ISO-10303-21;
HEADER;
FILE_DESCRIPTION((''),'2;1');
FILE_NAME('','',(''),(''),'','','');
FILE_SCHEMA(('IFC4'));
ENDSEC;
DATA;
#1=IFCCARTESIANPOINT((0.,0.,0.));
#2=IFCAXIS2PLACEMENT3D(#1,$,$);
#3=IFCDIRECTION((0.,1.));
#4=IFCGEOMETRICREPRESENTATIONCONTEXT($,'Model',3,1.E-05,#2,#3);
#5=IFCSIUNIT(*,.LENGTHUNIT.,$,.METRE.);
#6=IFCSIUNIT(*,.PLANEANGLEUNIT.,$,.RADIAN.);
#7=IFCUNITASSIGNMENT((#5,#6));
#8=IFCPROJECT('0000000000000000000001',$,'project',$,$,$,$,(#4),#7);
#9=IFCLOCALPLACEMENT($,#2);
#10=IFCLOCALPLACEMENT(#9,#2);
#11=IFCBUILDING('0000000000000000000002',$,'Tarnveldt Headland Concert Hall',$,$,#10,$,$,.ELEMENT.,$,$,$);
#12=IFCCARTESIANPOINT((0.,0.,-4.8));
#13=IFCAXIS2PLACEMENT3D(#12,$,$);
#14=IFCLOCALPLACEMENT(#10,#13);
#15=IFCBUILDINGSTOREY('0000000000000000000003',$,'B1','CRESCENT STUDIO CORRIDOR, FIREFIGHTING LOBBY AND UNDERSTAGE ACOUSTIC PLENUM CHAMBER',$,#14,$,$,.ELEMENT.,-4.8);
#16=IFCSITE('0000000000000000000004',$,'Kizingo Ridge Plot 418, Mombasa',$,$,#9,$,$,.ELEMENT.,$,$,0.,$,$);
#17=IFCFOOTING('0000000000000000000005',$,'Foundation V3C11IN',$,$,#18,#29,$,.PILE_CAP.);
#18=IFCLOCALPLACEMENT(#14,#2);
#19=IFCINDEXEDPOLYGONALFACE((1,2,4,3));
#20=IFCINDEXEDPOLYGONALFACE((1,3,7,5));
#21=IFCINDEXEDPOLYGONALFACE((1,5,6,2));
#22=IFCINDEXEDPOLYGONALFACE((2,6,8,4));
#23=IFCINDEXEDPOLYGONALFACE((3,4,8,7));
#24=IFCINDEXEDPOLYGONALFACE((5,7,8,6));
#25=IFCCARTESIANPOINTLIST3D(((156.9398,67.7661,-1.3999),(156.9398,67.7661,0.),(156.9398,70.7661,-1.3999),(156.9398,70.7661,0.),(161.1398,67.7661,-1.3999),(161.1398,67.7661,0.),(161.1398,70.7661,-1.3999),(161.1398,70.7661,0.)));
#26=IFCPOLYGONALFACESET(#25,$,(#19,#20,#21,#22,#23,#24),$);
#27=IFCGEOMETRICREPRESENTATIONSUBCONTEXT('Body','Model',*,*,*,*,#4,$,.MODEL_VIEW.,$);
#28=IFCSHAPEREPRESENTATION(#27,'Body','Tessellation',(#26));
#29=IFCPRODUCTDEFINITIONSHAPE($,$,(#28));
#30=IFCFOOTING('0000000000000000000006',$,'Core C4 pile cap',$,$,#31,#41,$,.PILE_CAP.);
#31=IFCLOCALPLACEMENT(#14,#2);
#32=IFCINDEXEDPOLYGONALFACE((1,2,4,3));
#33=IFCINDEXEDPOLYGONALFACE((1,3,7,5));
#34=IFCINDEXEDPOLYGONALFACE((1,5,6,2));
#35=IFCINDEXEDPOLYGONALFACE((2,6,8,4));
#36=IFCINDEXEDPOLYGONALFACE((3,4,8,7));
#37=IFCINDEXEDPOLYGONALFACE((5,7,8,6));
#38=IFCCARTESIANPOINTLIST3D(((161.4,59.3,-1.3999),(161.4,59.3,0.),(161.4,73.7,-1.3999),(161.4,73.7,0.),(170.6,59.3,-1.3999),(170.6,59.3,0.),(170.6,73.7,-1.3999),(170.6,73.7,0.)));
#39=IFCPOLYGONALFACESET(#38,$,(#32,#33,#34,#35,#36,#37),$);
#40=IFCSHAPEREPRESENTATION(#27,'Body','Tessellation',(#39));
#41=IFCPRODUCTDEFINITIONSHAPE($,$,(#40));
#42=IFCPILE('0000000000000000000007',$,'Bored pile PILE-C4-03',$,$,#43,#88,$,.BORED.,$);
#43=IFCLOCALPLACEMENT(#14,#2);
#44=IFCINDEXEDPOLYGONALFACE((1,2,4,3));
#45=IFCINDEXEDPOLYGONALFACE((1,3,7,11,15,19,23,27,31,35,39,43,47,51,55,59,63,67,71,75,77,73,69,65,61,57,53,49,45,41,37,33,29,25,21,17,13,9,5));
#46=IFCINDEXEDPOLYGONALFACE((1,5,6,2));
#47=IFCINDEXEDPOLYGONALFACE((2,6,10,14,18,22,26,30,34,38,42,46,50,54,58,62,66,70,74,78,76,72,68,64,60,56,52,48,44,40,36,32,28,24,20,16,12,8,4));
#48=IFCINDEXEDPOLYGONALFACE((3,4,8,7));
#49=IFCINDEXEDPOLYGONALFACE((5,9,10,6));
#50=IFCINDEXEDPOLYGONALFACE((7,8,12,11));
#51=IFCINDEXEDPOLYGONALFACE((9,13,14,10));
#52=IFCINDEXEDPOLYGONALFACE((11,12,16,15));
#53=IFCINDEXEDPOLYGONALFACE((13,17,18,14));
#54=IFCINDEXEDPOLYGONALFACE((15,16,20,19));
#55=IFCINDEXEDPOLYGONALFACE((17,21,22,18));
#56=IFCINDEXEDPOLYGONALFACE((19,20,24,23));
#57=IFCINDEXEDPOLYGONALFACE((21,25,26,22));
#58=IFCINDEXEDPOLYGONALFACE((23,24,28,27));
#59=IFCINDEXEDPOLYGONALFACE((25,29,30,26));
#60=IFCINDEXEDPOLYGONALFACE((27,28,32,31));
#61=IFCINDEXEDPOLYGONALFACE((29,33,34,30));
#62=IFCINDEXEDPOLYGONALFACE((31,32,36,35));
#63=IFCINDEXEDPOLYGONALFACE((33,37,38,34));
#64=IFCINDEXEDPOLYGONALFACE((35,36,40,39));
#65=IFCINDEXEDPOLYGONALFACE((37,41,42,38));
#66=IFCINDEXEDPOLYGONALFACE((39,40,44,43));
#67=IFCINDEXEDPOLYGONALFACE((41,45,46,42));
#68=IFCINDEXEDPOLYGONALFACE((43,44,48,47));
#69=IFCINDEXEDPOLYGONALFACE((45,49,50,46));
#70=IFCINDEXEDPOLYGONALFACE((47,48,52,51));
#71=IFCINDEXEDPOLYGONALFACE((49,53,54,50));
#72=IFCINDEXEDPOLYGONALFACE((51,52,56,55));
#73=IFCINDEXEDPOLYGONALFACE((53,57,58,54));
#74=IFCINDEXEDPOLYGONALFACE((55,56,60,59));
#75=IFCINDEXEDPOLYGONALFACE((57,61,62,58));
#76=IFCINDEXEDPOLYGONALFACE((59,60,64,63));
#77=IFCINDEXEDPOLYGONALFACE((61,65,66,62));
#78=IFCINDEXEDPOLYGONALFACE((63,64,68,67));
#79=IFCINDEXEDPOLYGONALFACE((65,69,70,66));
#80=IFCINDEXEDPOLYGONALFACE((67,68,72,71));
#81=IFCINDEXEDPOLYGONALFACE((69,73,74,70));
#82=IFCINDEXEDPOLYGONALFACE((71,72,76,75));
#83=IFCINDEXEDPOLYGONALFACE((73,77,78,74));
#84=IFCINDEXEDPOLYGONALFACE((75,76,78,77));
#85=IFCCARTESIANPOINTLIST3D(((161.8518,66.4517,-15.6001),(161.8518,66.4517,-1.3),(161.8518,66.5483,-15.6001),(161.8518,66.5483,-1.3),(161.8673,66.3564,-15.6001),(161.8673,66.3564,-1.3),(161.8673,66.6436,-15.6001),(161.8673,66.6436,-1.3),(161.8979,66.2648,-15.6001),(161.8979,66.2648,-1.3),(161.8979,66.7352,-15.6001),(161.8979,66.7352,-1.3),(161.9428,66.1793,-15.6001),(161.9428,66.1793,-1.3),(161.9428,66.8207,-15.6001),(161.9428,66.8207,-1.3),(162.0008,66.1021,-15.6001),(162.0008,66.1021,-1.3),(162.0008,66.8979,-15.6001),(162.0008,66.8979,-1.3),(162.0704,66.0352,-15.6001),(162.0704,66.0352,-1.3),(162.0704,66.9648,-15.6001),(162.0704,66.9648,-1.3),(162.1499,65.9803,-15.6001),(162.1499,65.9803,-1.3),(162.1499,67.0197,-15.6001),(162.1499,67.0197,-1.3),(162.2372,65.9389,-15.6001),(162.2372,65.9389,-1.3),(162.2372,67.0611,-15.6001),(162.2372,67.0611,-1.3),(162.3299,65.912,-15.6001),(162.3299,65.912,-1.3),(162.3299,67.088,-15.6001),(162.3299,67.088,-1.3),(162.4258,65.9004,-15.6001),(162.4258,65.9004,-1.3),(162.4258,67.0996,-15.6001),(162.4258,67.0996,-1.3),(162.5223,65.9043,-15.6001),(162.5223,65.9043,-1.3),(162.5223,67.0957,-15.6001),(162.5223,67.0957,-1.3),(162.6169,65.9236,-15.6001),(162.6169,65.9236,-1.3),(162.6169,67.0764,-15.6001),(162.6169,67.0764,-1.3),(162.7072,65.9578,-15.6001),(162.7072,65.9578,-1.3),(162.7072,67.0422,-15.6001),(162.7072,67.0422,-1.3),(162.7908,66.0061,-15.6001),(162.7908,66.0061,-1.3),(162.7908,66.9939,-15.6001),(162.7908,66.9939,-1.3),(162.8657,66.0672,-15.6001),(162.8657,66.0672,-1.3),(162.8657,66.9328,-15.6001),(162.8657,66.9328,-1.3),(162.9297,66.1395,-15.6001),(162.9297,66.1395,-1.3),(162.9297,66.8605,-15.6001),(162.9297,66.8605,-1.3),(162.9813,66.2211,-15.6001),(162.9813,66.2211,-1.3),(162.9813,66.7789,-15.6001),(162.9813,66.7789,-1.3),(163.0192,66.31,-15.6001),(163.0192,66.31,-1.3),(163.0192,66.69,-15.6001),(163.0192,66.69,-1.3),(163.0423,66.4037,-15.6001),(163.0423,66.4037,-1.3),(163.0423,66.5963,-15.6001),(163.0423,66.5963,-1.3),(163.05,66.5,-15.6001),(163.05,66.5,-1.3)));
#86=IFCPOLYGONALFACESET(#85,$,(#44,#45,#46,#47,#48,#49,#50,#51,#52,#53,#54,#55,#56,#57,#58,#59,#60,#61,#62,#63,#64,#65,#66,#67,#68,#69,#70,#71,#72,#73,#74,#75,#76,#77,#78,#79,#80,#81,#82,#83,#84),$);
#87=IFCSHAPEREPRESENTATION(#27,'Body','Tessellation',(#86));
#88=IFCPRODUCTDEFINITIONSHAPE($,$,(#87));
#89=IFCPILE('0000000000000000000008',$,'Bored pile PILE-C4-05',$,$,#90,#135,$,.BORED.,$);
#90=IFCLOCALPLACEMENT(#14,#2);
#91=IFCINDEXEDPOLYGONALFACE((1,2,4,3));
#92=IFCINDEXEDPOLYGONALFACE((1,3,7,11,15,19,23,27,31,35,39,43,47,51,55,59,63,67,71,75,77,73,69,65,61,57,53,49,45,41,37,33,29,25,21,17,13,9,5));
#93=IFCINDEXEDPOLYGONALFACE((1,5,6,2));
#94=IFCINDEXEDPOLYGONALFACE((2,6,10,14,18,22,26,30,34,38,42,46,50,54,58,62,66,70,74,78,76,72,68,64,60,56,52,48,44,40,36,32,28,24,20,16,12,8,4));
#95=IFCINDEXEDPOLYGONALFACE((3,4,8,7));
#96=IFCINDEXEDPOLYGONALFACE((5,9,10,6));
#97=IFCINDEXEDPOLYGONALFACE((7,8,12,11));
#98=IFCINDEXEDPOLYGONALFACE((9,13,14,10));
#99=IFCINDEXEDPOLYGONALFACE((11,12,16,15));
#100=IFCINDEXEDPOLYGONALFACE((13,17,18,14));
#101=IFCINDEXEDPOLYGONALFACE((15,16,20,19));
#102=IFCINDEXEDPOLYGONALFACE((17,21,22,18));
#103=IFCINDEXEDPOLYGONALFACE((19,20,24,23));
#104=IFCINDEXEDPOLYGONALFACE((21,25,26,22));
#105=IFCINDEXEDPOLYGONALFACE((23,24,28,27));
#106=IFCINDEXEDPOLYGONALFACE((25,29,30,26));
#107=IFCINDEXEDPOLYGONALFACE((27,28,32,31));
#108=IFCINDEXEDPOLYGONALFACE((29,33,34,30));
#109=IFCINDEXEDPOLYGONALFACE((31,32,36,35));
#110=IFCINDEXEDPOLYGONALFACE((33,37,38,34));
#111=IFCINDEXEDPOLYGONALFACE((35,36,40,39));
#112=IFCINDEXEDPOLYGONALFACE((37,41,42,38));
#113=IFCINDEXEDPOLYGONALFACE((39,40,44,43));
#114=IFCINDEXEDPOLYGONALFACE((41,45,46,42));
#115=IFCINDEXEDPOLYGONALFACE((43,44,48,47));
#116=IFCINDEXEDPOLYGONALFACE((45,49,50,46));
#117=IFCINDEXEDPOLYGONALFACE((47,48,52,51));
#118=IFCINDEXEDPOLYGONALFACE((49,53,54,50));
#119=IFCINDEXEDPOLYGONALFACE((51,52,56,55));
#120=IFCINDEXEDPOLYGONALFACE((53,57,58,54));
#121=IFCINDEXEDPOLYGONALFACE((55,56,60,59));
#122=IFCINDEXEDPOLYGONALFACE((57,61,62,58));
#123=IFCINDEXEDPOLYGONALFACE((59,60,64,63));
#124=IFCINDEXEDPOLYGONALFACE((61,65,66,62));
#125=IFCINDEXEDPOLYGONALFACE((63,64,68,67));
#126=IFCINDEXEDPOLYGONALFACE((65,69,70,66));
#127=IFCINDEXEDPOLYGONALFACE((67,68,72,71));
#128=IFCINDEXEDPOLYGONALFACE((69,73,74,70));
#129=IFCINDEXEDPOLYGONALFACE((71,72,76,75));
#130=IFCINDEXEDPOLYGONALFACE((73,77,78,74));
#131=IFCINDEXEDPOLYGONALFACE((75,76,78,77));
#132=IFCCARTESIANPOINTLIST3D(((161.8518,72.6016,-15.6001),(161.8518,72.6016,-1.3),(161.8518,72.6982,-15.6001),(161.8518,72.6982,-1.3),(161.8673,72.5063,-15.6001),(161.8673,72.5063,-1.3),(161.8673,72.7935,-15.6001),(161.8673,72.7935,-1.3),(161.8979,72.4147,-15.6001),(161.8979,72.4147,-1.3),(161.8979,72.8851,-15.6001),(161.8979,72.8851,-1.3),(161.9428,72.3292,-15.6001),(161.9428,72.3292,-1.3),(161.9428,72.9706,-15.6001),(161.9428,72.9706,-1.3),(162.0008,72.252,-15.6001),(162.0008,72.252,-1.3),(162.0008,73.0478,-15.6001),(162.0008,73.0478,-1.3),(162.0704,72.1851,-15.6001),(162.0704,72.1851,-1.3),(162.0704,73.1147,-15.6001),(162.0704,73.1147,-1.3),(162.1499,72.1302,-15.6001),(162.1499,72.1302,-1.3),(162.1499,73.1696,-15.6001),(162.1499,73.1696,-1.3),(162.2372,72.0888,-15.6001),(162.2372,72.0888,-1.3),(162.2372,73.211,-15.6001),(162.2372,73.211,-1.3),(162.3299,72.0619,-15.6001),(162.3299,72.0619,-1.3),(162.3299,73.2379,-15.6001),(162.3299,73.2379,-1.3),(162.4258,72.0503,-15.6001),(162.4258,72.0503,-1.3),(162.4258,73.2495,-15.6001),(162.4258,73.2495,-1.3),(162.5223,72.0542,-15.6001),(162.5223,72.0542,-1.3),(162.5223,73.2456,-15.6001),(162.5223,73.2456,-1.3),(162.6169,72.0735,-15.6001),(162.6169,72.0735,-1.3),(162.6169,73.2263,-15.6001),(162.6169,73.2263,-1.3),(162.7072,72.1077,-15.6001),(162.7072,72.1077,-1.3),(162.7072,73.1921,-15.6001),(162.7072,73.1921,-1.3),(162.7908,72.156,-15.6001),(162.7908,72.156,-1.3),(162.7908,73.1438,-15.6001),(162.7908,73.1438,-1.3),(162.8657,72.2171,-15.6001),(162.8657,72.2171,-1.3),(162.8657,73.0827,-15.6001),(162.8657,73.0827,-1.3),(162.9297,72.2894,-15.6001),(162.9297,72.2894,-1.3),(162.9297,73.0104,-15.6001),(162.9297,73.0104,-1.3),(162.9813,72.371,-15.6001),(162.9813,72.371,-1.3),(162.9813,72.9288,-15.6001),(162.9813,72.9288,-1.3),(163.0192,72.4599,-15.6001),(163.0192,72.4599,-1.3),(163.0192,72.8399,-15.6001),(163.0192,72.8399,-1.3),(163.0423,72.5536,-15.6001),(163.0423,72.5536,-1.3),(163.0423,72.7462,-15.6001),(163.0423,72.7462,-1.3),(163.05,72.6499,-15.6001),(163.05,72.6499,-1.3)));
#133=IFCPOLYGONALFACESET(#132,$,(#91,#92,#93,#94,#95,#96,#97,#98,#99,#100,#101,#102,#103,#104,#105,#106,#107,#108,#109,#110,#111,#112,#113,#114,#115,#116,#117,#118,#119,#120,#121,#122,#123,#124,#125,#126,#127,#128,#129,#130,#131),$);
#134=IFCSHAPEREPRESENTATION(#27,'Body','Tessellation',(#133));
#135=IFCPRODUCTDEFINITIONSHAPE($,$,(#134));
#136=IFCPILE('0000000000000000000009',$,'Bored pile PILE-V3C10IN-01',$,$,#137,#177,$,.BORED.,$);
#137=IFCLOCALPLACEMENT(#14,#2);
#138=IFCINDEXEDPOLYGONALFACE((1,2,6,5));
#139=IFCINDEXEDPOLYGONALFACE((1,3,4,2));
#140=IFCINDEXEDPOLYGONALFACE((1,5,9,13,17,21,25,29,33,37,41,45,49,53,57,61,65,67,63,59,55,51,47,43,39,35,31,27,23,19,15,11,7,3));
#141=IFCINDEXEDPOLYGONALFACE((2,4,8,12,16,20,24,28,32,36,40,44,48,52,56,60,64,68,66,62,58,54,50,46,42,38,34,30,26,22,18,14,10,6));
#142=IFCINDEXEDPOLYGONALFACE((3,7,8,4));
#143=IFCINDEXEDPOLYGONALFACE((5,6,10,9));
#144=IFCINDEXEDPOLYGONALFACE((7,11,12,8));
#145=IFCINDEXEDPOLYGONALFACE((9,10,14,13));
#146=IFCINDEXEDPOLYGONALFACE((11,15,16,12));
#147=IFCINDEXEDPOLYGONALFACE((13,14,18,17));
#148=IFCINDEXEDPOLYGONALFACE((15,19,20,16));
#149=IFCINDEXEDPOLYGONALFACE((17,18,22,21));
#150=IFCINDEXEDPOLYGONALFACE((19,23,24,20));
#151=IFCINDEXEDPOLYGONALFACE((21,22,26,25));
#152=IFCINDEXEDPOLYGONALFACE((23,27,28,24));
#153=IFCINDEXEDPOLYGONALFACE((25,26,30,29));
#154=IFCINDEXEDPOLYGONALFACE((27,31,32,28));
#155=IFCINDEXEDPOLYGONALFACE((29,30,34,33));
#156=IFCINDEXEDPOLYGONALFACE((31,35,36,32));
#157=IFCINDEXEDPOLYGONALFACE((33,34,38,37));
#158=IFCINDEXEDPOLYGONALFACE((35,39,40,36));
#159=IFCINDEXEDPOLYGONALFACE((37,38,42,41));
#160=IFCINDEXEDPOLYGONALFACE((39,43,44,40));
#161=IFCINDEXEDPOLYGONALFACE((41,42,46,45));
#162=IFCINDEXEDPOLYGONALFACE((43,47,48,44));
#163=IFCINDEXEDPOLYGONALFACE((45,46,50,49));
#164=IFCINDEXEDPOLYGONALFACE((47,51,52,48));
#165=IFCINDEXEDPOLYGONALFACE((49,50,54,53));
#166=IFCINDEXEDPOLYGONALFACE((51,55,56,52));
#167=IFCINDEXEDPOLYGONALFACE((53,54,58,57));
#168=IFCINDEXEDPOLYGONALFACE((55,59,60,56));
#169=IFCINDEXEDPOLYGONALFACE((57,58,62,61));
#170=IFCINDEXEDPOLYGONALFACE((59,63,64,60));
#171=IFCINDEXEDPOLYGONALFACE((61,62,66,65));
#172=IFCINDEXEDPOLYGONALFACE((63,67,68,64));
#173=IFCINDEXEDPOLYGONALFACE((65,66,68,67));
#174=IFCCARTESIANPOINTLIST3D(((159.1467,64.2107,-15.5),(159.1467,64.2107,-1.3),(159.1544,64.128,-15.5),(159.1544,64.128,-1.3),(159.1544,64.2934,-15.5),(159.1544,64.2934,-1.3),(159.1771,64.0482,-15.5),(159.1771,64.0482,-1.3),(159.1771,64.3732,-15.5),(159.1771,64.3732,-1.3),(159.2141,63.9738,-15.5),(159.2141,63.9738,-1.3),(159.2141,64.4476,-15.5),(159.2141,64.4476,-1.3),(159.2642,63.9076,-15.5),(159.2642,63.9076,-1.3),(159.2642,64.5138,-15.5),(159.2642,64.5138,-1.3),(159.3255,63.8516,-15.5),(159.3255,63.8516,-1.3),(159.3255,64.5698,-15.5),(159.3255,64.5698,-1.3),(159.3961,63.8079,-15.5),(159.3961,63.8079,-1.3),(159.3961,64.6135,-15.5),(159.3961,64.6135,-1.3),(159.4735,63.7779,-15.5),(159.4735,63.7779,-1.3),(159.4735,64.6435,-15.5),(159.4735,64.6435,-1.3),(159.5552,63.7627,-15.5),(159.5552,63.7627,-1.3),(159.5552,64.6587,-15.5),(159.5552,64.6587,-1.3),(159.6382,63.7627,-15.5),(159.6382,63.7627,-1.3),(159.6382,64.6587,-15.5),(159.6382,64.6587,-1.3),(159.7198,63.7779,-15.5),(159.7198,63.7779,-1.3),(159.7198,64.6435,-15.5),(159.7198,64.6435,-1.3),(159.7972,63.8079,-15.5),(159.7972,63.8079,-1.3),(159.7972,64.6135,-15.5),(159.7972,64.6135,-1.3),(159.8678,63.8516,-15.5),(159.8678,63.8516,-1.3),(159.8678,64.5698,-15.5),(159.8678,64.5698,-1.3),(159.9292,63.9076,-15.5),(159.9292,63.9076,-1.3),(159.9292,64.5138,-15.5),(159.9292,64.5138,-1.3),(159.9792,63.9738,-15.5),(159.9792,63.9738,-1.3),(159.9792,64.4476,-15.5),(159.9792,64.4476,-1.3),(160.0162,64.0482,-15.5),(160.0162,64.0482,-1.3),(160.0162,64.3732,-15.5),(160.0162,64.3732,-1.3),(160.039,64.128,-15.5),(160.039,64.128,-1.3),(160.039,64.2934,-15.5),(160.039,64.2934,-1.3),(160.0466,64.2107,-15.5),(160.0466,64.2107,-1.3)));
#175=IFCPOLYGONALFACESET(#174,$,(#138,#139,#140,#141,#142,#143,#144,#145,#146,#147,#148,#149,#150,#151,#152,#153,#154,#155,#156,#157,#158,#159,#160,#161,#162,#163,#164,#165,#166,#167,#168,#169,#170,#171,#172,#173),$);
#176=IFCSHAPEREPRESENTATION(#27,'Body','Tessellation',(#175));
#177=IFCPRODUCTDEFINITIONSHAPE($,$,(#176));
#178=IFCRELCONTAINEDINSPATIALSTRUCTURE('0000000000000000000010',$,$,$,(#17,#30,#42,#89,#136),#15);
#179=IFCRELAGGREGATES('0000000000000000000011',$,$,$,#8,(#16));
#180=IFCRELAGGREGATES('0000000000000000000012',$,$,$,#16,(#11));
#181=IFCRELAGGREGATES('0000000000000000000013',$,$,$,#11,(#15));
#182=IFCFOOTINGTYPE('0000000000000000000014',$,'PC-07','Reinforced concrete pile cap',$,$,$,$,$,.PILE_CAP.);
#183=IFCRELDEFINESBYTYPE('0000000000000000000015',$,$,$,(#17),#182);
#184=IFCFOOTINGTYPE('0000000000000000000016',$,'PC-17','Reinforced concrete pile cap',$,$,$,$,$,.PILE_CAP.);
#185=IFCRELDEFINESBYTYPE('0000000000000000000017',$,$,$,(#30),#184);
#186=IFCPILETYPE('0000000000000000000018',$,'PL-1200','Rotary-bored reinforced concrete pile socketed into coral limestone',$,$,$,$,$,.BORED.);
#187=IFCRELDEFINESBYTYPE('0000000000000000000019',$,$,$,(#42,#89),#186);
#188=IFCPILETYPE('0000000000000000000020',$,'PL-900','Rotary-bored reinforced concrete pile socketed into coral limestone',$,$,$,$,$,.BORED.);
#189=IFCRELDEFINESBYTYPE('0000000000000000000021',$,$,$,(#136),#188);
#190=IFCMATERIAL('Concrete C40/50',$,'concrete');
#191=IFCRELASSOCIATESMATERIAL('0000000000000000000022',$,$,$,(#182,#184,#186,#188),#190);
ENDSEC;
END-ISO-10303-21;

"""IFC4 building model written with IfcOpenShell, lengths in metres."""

from ifc_helpers import new_model, si_unit, direction, frame, origin, origin_2d, place, context, subcontext, project, spatial, rectangle, circle, extrude, material, material_profile, profile_set, type_object, element, save


model = new_model("IFC4")

# Units and contexts
model_context = context("Model", 3, precision=1e-05, world=origin(), true_north=direction((0.0, 1.0)))
body_context = subcontext(model_context, "Body", "Model", "MODEL_VIEW")
ifc_project = project(units=[si_unit("LENGTHUNIT", "METRE"), si_unit("PLANEANGLEUNIT", "RADIAN")], contexts=[model_context])

# Site, building, storey
site_placement = place(None, origin())
site = spatial("IfcSite", under=ifc_project, at=site_placement, Name="Kizingo Ridge Plot 418, Mombasa", CompositionType="ELEMENT", RefElevation=0.0)
building_placement = place(site_placement, origin())
building = spatial("IfcBuilding", under=site, at=building_placement, Name="Tarnveldt Headland Concert Hall", CompositionType="ELEMENT")
storey_placement = place(building_placement, frame((0.0, 0.0, -4.8)))
storey = spatial("IfcBuildingStorey", under=building, at=storey_placement, Name="B1", Description="CRESCENT STUDIO CORRIDOR, FIREFIGHTING LOBBY AND UNDERSTAGE ACOUSTIC PLENUM CHAMBER", CompositionType="ELEMENT", Elevation=-4.8)

# Footings
ifc_material_1 = material(Name="Concrete C40/50", Category="concrete")
footing_type_1 = type_object("IfcFootingType", Name="PC-07", Description="Reinforced concrete pile cap", PredefinedType="PILE_CAP", material=ifc_material_1)
footing_1_placement = place(storey_placement, frame((159.0398, 69.2661, -1.3999), z_axis=(0.0, 0.0, 1.0), x_axis=(1.0, 0.0, 0.0)))
element("IfcFooting", 1, at=footing_1_placement, inside=storey, type_object=footing_type_1, Name="Foundation V3C11IN", PredefinedType="PILE_CAP", context=body_context, shape_type="SweptSolid", body=[
    extrude(rectangle(XDim=4.2, YDim=3.0, at=origin_2d()), origin(), (0.0, 0.0, 1.0), 1.3999),
])
footing_type_2 = type_object("IfcFootingType", Name="PC-17", Description="Reinforced concrete pile cap", PredefinedType="PILE_CAP", material=ifc_material_1)
footing_2_placement = place(storey_placement, frame((166.0, 66.5, -1.3999), z_axis=(0.0, 0.0, 1.0), x_axis=(1.0, 0.0, 0.0)))
element("IfcFooting", 2, at=footing_2_placement, inside=storey, type_object=footing_type_2, Name="Core C4 pile cap", PredefinedType="PILE_CAP", context=body_context, shape_type="SweptSolid", body=[
    extrude(rectangle(XDim=9.2, YDim=14.3999, at=origin_2d()), origin(), (0.0, 0.0, 1.0), 1.3999),
])

# Piles
ifc_material_profile_1 = material_profile(ifc_material_1, circle(Radius=0.6001, at=origin_2d()), Name="BORED PILE D1200", Category="concrete")
ifc_profile_set_1 = profile_set([ifc_material_profile_1], Name="Concrete C40/50")
pile_type_1 = type_object("IfcPileType", Name="PL-1200", Description="Rotary-bored reinforced concrete pile socketed into coral limestone", PredefinedType="BORED", material=ifc_profile_set_1)
for number, where, z_axis, x_axis, name in (
    (3, (162.45, 66.5, -1.3), (0.0, 0.0, -1.0), (1.0, 0.0, 0.0), "Bored pile PILE-C4-03"),
    (4, (162.45, 72.6499, -1.3), (0.0, 0.0, -1.0), (1.0, 0.0, 0.0), "Bored pile PILE-C4-05"),
):
    element("IfcPile", number, at=place(storey_placement, frame(where, z_axis=z_axis, x_axis=x_axis)), inside=storey, type_object=pile_type_1, Name=name, PredefinedType="BORED", context=body_context, shape_type="SweptSolid", body=[
        extrude(circle(Radius=0.6001, at=origin_2d()), origin(), (0.0, 0.0, 1.0), 14.3),
    ])
ifc_material_profile_2 = material_profile(ifc_material_1, circle(Radius=0.45, at=origin_2d()), Name="BORED PILE D900", Category="concrete")
ifc_profile_set_2 = profile_set([ifc_material_profile_2], Name="Concrete C40/50")
pile_type_2 = type_object("IfcPileType", Name="PL-900", Description="Rotary-bored reinforced concrete pile socketed into coral limestone", PredefinedType="BORED", material=ifc_profile_set_2)
pile_placement = place(storey_placement, frame((159.5967, 64.2107, -1.3), z_axis=(0.0, 0.0, -1.0), x_axis=(1.0, 0.0, 0.0)))
element("IfcPile", 5, at=pile_placement, inside=storey, type_object=pile_type_2, Name="Bored pile PILE-V3C10IN-01", PredefinedType="BORED", context=body_context, shape_type="SweptSolid", body=[
    extrude(circle(Radius=0.45, at=origin_2d()), origin(), (0.0, 0.0, 1.0), 14.2),
])

save(model, "model.ifc")
